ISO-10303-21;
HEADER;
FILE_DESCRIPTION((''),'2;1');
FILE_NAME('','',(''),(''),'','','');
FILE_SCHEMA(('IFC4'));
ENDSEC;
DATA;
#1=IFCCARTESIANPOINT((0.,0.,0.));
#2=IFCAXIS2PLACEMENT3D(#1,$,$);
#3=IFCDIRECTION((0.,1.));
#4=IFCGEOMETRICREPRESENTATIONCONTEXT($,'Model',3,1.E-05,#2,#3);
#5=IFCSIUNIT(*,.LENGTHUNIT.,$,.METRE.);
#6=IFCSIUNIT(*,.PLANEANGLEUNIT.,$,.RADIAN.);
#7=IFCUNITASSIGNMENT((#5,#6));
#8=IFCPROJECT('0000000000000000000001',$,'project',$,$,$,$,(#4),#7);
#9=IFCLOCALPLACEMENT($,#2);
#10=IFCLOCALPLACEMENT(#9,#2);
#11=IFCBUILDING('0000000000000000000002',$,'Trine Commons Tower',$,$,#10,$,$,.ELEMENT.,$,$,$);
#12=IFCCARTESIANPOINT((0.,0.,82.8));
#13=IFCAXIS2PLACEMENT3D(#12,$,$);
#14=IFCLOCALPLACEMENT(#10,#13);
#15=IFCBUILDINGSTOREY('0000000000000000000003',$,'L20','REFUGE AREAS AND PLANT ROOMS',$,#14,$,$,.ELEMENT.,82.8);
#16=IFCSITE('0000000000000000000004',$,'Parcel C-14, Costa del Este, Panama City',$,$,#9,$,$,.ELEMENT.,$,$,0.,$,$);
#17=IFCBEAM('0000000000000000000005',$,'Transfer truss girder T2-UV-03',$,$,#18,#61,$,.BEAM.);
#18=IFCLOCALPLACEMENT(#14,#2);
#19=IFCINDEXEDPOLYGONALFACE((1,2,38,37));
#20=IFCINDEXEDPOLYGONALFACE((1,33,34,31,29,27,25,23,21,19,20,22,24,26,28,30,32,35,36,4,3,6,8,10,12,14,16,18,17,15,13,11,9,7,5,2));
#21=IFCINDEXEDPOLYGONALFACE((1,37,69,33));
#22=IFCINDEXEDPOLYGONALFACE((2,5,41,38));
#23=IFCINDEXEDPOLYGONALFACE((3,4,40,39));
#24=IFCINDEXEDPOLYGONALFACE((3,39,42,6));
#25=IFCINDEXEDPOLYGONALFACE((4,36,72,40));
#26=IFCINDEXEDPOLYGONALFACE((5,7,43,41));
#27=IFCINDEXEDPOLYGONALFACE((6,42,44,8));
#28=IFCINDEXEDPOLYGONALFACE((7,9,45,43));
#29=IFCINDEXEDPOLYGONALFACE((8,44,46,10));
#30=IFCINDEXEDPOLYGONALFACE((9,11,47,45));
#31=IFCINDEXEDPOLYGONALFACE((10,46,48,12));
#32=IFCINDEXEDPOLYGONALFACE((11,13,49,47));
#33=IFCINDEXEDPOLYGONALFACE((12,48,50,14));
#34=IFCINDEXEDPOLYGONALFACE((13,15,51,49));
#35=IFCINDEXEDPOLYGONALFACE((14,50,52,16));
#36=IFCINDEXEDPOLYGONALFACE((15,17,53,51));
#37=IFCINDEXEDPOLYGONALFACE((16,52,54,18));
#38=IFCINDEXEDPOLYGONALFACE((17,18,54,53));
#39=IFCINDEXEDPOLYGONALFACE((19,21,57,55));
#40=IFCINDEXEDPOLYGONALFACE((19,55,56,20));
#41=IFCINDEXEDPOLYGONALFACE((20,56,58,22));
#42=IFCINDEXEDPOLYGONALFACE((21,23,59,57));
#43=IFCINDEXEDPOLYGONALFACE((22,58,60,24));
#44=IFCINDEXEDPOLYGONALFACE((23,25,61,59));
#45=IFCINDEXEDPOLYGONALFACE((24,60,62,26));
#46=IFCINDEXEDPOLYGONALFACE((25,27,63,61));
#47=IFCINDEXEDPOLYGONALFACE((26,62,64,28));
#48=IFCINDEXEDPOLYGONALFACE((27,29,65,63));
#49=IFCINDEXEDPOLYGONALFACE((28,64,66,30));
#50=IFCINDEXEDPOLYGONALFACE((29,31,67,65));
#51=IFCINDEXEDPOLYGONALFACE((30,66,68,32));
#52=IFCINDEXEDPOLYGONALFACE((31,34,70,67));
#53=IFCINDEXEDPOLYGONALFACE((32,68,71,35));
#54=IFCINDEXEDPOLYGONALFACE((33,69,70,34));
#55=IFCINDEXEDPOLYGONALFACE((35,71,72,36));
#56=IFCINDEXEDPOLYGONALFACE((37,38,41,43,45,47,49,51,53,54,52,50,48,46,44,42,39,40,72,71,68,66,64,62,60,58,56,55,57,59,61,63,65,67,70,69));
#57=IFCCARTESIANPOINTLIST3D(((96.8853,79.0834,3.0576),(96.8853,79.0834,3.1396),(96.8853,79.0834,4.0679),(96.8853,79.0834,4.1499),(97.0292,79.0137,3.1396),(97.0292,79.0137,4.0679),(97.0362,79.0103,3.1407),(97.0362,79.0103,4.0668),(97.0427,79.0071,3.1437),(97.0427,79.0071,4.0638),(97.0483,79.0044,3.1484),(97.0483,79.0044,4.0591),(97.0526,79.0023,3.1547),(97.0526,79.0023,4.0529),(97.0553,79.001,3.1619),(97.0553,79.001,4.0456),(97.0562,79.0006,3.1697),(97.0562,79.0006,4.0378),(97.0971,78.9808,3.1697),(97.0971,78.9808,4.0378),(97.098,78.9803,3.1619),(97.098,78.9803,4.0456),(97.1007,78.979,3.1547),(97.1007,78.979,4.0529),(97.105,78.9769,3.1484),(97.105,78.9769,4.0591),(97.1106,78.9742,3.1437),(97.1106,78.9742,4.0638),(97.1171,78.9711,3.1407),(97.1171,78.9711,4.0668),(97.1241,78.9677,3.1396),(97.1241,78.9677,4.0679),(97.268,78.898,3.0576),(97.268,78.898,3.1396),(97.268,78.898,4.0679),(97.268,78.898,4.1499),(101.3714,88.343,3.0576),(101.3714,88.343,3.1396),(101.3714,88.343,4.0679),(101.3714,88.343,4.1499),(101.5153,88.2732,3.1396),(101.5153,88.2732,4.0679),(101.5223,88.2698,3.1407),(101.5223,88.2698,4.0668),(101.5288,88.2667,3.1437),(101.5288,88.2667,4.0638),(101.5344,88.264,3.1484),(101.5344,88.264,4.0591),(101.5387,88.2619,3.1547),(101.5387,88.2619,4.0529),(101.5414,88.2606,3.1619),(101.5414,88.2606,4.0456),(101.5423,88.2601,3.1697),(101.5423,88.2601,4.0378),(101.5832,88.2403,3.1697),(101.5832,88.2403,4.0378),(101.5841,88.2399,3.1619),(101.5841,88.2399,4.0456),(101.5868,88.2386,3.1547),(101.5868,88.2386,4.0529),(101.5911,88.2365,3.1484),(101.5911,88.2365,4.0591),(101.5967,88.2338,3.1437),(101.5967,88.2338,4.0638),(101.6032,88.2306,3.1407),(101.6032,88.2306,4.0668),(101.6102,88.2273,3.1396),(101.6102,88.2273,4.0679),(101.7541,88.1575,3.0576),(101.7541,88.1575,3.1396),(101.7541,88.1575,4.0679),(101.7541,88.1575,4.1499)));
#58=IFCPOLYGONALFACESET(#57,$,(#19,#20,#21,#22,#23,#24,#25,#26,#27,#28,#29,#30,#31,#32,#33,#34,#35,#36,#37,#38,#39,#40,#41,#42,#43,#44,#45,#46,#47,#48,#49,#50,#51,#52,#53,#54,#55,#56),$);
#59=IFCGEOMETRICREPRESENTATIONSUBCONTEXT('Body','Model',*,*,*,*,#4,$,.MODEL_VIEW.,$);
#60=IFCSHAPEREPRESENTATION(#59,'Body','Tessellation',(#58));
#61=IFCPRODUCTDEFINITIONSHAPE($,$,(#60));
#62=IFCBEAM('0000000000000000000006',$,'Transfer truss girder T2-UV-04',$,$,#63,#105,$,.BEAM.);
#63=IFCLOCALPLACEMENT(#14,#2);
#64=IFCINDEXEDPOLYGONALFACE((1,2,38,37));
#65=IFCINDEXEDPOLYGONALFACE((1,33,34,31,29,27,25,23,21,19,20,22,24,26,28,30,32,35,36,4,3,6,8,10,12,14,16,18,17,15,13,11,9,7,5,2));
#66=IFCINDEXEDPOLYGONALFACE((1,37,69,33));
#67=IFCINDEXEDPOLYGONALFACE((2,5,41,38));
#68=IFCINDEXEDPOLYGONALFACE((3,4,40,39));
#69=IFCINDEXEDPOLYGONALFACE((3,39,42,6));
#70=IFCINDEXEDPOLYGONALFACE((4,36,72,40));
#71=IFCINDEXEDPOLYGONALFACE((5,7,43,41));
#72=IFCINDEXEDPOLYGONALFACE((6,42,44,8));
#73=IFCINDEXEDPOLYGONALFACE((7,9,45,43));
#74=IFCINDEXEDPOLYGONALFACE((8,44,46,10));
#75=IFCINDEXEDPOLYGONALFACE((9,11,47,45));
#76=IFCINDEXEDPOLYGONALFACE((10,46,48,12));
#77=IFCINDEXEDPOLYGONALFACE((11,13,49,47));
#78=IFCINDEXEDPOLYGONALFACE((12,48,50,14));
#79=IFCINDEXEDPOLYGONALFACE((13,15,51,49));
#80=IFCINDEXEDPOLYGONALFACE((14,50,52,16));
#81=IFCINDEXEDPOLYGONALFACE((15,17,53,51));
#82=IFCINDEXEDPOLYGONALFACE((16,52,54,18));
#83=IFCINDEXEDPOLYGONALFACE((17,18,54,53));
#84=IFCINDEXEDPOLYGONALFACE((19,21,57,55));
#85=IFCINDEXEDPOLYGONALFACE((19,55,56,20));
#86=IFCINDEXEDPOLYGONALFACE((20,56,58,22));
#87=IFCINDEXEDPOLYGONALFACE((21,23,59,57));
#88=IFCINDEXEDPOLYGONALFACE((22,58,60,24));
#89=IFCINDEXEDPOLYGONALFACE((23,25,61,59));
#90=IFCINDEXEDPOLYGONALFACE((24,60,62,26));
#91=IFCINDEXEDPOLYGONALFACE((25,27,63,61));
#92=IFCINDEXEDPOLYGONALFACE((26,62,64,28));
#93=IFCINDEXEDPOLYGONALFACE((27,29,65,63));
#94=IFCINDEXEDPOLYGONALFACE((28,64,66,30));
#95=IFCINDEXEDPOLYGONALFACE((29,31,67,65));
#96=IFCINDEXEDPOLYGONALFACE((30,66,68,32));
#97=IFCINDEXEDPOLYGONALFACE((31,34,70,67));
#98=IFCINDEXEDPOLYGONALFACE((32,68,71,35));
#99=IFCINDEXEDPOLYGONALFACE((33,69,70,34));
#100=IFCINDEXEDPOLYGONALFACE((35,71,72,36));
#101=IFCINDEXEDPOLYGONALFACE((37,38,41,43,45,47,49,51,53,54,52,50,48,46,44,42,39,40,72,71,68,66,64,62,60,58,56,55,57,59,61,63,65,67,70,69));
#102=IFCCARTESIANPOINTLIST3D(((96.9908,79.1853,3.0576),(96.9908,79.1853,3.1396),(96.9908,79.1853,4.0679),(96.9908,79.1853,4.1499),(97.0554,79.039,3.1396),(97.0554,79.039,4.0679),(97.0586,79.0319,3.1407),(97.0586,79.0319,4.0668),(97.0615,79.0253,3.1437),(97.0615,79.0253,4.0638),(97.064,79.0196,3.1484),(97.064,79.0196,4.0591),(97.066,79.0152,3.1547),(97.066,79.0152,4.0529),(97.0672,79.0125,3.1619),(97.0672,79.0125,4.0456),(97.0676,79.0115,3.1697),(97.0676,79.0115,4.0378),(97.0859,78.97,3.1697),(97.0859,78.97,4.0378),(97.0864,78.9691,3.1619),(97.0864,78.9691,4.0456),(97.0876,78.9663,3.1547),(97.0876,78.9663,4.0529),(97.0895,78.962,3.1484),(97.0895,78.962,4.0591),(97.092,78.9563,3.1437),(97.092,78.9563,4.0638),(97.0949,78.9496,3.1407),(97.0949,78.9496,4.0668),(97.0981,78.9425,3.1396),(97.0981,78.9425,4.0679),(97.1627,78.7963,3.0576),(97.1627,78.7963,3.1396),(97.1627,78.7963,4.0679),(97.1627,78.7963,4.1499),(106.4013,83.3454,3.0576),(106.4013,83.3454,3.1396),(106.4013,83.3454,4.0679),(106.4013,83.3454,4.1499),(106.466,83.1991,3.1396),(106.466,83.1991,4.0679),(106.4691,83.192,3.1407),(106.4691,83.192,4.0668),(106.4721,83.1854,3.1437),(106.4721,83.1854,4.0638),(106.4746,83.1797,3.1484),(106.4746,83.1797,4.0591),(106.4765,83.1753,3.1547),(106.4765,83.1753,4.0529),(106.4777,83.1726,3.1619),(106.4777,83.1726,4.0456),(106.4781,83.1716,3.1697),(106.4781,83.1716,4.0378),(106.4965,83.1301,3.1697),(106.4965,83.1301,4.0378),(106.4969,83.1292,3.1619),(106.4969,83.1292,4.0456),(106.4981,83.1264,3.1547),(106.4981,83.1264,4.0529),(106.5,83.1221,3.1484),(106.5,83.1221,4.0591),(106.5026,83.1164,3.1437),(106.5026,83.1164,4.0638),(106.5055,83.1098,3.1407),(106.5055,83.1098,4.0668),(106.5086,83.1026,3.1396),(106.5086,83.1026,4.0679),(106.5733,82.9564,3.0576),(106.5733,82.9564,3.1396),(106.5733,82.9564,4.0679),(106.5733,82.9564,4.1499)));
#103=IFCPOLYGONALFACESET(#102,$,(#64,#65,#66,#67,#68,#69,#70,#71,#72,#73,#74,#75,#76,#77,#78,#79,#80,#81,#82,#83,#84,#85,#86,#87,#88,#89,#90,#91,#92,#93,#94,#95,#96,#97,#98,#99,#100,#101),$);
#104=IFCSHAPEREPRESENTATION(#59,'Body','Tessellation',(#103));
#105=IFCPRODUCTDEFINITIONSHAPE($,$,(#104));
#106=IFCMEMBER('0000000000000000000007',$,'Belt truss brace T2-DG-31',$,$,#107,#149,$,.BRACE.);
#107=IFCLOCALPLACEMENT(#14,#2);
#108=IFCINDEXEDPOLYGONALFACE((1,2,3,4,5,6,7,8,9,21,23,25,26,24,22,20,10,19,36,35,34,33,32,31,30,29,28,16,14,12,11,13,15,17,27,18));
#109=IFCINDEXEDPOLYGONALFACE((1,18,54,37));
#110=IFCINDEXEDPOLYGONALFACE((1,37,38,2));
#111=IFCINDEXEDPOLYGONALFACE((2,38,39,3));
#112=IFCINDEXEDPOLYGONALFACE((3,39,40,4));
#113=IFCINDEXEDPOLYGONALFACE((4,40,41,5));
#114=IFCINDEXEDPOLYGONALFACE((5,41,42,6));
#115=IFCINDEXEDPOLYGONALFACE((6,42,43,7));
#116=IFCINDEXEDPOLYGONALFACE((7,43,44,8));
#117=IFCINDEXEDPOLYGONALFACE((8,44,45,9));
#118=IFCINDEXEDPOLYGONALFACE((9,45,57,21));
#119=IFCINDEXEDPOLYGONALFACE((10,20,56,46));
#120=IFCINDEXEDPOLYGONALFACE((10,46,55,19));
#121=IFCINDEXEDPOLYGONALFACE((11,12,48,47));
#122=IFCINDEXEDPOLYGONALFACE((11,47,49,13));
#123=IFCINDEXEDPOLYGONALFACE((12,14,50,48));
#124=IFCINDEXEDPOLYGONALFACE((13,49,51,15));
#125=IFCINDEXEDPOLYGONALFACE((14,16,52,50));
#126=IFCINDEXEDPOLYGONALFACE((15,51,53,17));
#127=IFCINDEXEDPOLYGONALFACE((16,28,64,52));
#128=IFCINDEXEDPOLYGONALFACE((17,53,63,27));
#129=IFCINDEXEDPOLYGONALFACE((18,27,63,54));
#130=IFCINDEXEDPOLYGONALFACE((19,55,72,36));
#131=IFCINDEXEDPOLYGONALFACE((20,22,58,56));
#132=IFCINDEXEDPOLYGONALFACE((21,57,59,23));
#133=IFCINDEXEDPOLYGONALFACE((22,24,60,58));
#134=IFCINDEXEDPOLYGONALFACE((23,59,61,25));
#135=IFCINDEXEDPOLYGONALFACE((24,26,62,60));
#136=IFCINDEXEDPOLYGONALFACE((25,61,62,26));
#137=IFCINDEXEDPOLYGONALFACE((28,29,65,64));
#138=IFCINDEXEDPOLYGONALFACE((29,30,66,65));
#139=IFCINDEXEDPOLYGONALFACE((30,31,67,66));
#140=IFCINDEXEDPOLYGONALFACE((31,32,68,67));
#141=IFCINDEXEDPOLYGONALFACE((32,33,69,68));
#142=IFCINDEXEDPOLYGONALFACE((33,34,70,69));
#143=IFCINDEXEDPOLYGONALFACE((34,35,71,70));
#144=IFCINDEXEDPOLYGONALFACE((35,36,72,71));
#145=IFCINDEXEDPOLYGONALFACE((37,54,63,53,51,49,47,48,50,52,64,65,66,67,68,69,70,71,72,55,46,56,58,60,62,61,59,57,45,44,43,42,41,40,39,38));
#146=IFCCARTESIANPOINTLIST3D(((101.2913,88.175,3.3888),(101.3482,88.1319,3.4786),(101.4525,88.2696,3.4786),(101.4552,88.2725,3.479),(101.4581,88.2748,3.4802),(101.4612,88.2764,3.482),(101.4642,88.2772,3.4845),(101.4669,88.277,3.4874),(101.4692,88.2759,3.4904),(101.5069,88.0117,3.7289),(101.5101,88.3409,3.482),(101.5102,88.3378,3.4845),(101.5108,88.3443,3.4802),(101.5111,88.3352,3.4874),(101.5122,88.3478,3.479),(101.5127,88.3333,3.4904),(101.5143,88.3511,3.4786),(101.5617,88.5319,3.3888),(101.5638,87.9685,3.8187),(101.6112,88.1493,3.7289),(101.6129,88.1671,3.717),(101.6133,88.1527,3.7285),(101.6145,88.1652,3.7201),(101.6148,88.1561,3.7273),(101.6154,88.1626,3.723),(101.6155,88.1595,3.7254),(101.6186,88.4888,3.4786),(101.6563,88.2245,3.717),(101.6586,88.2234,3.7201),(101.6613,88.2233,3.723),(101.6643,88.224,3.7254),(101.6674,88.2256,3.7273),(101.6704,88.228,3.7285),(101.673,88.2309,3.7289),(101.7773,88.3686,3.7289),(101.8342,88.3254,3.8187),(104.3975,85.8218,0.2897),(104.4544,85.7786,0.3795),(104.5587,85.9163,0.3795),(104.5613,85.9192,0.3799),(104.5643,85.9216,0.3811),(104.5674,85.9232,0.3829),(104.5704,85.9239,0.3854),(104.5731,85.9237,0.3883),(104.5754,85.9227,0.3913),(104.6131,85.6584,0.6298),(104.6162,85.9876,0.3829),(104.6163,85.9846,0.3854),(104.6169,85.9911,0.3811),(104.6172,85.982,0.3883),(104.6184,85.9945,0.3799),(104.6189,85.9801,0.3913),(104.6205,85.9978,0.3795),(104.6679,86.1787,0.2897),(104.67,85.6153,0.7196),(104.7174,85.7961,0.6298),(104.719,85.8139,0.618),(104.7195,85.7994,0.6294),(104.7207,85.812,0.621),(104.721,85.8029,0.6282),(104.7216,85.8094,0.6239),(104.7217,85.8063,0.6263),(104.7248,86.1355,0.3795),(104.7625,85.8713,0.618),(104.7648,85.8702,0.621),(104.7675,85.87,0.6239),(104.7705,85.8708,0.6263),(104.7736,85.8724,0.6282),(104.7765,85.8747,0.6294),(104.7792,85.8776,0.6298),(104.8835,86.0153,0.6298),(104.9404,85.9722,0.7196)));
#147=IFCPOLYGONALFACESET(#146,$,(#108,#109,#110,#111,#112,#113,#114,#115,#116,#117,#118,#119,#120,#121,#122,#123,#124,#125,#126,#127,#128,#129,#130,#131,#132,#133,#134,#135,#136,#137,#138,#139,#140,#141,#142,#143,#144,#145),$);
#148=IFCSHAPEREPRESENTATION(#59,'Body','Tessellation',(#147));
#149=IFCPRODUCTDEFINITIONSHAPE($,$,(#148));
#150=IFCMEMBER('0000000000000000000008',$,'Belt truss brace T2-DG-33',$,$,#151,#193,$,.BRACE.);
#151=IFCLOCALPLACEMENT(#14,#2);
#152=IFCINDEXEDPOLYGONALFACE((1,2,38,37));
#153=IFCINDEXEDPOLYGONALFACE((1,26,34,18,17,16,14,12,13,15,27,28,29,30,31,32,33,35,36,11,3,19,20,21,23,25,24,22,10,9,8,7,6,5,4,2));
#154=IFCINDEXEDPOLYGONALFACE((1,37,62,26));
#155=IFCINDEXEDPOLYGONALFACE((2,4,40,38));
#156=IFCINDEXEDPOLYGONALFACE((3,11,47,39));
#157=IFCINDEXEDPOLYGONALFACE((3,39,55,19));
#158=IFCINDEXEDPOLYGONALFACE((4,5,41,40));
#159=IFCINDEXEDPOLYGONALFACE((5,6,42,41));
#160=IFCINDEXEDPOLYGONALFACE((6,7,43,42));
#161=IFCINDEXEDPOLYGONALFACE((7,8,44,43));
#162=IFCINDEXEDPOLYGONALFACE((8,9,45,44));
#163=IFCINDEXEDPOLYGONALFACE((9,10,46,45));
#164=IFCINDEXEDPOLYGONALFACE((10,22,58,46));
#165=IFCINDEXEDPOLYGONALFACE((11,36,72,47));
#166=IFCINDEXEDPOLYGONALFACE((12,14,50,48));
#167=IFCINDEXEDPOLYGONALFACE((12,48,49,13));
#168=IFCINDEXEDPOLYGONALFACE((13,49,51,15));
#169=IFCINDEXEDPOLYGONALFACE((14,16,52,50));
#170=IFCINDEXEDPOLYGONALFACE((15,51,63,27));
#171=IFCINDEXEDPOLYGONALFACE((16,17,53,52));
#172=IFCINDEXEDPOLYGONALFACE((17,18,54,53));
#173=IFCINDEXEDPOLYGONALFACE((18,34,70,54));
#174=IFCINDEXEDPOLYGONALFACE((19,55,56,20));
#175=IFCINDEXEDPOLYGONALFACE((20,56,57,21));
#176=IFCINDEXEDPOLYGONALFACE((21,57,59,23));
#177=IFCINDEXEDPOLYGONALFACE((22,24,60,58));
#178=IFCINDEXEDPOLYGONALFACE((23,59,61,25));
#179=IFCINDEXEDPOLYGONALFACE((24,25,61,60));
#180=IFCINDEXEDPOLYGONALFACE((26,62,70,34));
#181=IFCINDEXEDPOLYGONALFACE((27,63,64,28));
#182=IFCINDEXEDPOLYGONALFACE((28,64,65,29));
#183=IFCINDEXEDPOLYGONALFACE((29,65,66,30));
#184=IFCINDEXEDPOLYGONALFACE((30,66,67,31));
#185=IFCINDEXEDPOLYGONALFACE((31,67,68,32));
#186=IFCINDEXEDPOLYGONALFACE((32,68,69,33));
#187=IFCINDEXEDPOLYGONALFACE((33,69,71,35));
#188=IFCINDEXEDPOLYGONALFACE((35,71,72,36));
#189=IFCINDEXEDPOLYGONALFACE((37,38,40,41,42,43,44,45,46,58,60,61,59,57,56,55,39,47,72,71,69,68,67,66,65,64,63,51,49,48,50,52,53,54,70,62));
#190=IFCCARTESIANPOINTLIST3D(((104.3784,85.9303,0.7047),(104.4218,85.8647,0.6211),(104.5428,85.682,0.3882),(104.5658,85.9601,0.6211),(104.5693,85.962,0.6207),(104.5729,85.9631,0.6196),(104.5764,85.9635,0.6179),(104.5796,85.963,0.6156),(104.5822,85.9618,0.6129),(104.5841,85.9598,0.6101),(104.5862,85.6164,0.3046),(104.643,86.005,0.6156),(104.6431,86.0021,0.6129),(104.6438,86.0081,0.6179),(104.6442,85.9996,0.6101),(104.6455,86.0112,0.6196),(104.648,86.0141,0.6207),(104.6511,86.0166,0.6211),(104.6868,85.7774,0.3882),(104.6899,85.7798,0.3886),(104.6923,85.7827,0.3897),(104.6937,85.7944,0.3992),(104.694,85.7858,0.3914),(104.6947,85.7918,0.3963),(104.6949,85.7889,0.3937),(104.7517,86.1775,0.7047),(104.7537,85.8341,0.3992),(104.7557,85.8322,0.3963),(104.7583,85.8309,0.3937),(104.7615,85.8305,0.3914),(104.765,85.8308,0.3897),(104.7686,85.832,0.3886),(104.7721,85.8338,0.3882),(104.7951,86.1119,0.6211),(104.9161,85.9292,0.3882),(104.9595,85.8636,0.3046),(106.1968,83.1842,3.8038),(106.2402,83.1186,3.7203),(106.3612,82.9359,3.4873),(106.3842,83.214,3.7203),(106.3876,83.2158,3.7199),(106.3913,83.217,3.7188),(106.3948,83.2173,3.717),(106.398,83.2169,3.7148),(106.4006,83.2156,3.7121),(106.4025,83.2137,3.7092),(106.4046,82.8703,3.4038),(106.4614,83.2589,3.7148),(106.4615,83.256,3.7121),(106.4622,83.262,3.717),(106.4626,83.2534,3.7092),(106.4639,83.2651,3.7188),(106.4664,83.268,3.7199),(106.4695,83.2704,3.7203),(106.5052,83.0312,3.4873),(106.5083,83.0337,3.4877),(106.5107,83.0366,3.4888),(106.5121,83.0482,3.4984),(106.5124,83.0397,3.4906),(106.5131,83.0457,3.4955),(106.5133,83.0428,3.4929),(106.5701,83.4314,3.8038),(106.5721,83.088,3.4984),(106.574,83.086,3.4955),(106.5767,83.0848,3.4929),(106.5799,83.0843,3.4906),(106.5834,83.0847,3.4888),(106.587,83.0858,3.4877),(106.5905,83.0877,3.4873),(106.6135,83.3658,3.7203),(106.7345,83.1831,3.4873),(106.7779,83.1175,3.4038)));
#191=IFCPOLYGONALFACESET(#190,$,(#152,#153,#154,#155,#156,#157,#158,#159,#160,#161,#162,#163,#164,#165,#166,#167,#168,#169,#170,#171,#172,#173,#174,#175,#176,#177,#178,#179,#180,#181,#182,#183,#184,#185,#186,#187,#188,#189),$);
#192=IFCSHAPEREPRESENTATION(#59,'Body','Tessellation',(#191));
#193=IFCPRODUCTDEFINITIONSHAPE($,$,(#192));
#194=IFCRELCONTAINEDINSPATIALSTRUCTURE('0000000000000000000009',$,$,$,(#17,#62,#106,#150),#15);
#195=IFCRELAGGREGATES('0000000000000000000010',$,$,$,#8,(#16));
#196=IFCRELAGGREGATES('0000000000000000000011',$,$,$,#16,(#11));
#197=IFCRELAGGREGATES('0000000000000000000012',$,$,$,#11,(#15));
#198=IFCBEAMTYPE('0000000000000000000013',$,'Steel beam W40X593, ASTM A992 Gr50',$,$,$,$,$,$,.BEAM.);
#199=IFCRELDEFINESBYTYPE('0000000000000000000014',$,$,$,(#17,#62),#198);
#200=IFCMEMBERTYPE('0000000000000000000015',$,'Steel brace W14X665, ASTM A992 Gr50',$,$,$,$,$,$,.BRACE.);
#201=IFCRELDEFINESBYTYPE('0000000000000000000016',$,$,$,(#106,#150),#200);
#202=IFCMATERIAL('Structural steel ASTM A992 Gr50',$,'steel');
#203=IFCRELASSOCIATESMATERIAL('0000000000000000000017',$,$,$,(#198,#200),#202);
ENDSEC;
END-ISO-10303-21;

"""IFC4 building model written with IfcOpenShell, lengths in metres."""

from ifc_helpers import new_model, si_unit, direction, frame, origin, origin_2d, place, context, subcontext, project, spatial, i_section, extrude, material, material_profile, profile_set, type_object, element, save


model = new_model("IFC4")

# Units and contexts
model_context = context("Model", 3, precision=1e-05, world=origin(), true_north=direction((0.0, 1.0)))
body_context = subcontext(model_context, "Body", "Model", "MODEL_VIEW")
ifc_project = project(units=[si_unit("LENGTHUNIT", "METRE"), si_unit("PLANEANGLEUNIT", "RADIAN")], contexts=[model_context])

# Site, building, storey
site_placement = place(None, origin())
site = spatial("IfcSite", under=ifc_project, at=site_placement, Name="Parcel C-14, Costa del Este, Panama City", CompositionType="ELEMENT", RefElevation=0.0)
building_placement = place(site_placement, origin())
building = spatial("IfcBuilding", under=site, at=building_placement, Name="Trine Commons Tower", CompositionType="ELEMENT")
storey_placement = place(building_placement, frame((0.0, 0.0, 82.8)))
storey = spatial("IfcBuildingStorey", under=building, at=storey_placement, Name="L20", Description="REFUGE AREAS AND PLANT ROOMS", CompositionType="ELEMENT", Elevation=82.8)

# Beams
ifc_material_1 = material(Name="Structural steel ASTM A992 Gr50", Category="steel")
ifc_material_profile_1 = material_profile(ifc_material_1, i_section(OverallWidth=0.4253, OverallDepth=1.0923, WebThickness=0.0454, FlangeThickness=0.082, FilletRadius=0.03, at=origin_2d()), Name="W40X593")
ifc_profile_set_1 = profile_set([ifc_material_profile_1], Name="Structural steel ASTM A992 Gr50")
beam_type = type_object("IfcBeamType", Name="Steel beam W40X593, ASTM A992 Gr50", PredefinedType="BEAM", material=ifc_profile_set_1)
for number, where, z_axis, x_axis, name in (
    (1, (101.5627, 88.2502, 3.6038), (-0.436007, -0.899943, 0.0), (0.899943, -0.436007, 0.0), "Transfer truss girder T2-UV-03"),
    (2, (106.4873, 83.1509, 3.6038), (-0.914616, -0.404324, 0.0), (0.404324, -0.914616, 0.0), "Transfer truss girder T2-UV-04"),
):
    element("IfcBeam", number, at=place(storey_placement, frame(where, z_axis=z_axis, x_axis=x_axis)), inside=storey, type_object=beam_type, Name=name, PredefinedType="BEAM", context=body_context, shape_type="SweptSolid", body=[
        extrude(i_section(OverallWidth=0.4253, OverallDepth=1.0923, WebThickness=0.0454, FlangeThickness=0.082, FilletRadius=0.03, at=origin_2d()), origin(), (0.0, 0.0, 1.0), 10.2891),
    ])

# Members
ifc_material_profile_2 = material_profile(ifc_material_1, i_section(OverallWidth=0.4478, OverallDepth=0.5493, WebThickness=0.072, FlangeThickness=0.1147, FilletRadius=0.0151, at=origin_2d()), Name="W14X665")
ifc_profile_set_2 = profile_set([ifc_material_profile_2], Name="Structural steel ASTM A992 Gr50")
member_type_1 = type_object("IfcMemberType", Name="Steel brace W14X665, ASTM A992 Gr50", PredefinedType="BRACE", material=ifc_profile_set_2)
member_1_placement = place(storey_placement, frame((104.6689, 85.897, 0.5046), z_axis=(-0.623854, 0.472635, 0.622432), x_axis=(-0.603872, -0.797081, 0.0)))
element("IfcMember", 3, at=member_1_placement, inside=storey, type_object=member_type_1, Name="Belt truss brace T2-DG-31", PredefinedType="BRACE", context=body_context, shape_type="SweptSolid", body=[
    extrude(i_section(OverallWidth=0.4478, OverallDepth=0.5493, WebThickness=0.072, FlangeThickness=0.1147, FilletRadius=0.0151, at=origin_2d()), origin(), (0.0, 0.0, 1.0), 4.979),
])
member_2_placement = place(storey_placement, frame((104.6689, 85.897, 0.5046), z_axis=(0.402079, -0.607222, 0.685284), x_axis=(0.83378, 0.552097, 0.0)))
element("IfcMember", 4, at=member_2_placement, inside=storey, type_object=member_type_1, Name="Belt truss brace T2-DG-33", PredefinedType="BRACE", context=body_context, shape_type="SweptSolid", body=[
    extrude(i_section(OverallWidth=0.4478, OverallDepth=0.5493, WebThickness=0.072, FlangeThickness=0.1147, FilletRadius=0.0151, at=origin_2d()), origin(), (0.0, 0.0, 1.0), 4.5225),
])

save(model, "model.ifc")
